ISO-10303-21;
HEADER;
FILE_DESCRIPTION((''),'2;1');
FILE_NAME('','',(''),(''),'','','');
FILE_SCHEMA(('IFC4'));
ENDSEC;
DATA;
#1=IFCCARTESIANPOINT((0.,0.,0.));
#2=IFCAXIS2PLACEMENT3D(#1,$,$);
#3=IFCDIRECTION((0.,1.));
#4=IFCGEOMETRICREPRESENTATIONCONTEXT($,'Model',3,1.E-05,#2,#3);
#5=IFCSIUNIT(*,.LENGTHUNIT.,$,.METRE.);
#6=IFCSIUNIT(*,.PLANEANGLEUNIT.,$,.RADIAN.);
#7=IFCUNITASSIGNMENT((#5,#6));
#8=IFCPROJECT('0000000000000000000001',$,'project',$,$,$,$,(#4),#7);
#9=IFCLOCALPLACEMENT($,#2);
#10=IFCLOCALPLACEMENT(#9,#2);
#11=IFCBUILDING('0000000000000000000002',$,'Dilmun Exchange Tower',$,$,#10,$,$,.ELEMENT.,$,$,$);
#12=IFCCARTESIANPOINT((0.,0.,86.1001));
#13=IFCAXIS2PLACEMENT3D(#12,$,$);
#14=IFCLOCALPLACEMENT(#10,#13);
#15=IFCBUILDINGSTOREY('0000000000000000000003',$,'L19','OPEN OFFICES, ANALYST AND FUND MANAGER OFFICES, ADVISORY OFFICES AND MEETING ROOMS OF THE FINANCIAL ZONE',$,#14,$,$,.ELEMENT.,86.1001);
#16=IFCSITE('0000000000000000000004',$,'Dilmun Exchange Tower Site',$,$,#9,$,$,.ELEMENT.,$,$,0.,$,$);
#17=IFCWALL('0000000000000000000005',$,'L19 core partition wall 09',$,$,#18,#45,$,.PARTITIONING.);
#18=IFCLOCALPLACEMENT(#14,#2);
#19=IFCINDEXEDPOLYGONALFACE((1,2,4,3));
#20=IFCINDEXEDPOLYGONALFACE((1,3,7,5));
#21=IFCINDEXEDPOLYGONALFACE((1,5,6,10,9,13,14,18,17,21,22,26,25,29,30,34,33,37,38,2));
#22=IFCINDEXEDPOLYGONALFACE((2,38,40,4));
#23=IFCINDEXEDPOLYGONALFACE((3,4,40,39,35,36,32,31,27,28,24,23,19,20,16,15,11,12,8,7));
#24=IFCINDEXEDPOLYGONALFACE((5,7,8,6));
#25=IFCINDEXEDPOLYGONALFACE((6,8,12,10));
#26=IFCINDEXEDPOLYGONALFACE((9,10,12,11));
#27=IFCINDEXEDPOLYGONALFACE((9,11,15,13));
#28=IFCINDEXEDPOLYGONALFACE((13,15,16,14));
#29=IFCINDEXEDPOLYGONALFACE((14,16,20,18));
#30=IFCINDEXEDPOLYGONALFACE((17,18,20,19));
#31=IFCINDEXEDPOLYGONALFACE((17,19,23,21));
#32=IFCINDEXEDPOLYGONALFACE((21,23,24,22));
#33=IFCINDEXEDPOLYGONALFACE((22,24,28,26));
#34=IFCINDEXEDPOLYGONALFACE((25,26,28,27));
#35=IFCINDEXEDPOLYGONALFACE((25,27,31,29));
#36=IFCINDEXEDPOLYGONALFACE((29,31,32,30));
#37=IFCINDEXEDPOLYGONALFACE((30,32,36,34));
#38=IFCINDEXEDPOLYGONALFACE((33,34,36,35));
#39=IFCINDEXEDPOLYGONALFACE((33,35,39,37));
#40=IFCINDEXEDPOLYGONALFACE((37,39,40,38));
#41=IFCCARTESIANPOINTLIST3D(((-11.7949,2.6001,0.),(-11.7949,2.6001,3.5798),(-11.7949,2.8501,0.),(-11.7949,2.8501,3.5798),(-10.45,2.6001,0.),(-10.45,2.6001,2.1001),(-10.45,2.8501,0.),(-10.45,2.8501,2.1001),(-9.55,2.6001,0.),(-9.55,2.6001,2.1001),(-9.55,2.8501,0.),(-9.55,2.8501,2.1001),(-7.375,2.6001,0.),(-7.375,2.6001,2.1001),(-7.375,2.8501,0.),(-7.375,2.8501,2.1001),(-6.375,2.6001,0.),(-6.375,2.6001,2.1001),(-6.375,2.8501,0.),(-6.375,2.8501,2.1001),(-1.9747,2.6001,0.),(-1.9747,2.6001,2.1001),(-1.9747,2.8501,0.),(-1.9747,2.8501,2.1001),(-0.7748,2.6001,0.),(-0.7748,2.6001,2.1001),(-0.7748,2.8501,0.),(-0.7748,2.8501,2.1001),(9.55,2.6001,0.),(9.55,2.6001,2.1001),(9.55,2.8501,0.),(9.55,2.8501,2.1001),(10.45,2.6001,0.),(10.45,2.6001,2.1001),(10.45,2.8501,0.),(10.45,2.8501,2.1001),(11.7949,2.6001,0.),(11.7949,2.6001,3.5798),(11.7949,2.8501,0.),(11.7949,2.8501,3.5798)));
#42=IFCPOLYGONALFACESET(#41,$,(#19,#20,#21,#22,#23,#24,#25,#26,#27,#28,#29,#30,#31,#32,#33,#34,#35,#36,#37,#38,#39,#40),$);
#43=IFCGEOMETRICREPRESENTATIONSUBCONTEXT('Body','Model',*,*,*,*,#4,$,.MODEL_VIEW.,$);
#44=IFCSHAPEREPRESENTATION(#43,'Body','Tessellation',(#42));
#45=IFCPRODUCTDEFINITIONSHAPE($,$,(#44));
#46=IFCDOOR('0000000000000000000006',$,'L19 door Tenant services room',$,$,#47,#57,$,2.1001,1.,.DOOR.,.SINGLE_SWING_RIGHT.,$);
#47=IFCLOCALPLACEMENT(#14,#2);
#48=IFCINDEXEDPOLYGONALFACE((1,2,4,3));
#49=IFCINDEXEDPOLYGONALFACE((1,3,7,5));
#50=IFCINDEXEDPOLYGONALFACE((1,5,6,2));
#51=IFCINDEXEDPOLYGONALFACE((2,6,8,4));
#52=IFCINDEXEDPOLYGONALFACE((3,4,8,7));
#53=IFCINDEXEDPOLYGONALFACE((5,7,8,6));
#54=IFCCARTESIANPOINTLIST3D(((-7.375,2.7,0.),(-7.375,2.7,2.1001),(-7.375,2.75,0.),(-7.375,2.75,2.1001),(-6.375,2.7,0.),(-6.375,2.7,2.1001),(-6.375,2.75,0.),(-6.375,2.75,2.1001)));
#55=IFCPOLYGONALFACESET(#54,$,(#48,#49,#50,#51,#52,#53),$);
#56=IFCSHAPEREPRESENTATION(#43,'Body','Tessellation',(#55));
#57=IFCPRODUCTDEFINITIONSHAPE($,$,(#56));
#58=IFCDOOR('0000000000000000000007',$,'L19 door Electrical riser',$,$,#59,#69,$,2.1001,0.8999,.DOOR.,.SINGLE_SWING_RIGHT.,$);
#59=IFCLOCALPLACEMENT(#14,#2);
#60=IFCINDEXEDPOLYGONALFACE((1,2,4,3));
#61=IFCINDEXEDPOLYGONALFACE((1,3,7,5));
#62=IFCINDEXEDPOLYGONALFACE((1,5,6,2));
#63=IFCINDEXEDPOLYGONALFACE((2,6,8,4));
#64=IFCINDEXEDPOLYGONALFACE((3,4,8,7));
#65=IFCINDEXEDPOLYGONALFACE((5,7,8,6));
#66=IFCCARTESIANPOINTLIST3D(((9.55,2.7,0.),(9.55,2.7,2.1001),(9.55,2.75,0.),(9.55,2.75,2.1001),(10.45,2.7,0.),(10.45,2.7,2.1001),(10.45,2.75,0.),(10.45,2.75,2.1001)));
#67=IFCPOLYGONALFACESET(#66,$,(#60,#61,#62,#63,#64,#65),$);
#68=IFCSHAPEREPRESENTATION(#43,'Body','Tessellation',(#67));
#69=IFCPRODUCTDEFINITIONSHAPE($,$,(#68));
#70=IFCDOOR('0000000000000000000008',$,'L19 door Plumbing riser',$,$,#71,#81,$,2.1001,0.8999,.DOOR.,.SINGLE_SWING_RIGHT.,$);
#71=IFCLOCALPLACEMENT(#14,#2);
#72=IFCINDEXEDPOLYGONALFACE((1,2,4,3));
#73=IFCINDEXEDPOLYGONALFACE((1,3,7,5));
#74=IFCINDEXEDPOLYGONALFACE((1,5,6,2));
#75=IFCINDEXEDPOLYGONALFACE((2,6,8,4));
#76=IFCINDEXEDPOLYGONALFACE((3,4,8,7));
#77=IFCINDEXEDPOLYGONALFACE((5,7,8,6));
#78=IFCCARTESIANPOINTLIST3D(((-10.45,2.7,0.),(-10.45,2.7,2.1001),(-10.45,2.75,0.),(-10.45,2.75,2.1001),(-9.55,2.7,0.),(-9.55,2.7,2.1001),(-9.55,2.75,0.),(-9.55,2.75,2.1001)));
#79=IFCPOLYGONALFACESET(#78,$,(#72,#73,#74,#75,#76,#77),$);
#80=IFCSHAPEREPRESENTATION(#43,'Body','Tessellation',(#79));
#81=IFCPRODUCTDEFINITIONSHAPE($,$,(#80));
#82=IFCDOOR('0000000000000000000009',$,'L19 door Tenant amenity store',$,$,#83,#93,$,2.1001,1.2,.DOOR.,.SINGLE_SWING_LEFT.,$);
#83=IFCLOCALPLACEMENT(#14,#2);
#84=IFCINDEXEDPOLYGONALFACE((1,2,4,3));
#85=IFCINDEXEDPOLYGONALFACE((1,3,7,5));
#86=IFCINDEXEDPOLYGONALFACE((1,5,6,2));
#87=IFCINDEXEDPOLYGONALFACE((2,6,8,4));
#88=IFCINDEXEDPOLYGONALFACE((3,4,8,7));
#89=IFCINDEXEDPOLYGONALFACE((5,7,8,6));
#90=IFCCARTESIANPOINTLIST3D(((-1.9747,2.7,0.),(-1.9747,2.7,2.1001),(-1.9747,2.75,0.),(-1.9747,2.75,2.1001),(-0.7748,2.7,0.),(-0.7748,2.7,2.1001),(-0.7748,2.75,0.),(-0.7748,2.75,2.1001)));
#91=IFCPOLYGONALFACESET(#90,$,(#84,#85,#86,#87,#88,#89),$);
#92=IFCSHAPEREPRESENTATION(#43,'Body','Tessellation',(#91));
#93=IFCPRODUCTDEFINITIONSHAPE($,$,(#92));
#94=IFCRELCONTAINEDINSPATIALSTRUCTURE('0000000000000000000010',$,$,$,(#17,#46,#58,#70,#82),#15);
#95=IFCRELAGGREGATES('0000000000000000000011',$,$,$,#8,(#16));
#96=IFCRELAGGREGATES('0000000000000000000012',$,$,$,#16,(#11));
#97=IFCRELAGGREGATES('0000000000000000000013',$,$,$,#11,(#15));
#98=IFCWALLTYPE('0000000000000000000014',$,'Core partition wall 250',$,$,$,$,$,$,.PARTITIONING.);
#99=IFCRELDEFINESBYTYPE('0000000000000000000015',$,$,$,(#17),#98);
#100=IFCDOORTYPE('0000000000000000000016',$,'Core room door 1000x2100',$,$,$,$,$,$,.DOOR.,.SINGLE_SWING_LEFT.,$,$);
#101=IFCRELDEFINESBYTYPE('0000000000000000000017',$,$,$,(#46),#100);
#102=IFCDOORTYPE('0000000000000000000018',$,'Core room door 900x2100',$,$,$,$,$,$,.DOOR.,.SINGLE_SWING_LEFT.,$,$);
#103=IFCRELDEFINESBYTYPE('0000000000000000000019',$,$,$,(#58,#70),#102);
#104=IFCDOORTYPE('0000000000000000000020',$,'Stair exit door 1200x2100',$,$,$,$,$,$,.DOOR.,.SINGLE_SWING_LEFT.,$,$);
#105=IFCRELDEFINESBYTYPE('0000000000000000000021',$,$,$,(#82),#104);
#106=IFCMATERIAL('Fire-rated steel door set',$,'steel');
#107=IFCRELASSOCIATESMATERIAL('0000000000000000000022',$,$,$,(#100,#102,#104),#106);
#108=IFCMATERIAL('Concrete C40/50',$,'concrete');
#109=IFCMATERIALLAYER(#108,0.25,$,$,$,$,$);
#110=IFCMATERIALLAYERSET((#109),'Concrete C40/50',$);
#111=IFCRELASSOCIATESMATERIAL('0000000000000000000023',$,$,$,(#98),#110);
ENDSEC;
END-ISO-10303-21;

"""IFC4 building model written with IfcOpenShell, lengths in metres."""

from ifc_helpers import new_model, si_unit, direction, frame, frame_2d, origin, place, context, subcontext, project, spatial, rectangle, extrude, material, layer, layer_set, type_object, element, fill, save


model = new_model("IFC4")

# Units and contexts
model_context = context("Model", 3, precision=1e-05, world=origin(), true_north=direction((0.0, 1.0)))
body_context = subcontext(model_context, "Body", "Model", "MODEL_VIEW")
ifc_project = project(units=[si_unit("LENGTHUNIT", "METRE"), si_unit("PLANEANGLEUNIT", "RADIAN")], contexts=[model_context])

# Site, building, storey
site_placement = place(None, origin())
site = spatial("IfcSite", under=ifc_project, at=site_placement, Name="Dilmun Exchange Tower Site", CompositionType="ELEMENT", RefElevation=0.0)
building_placement = place(site_placement, origin())
building = spatial("IfcBuilding", under=site, at=building_placement, Name="Dilmun Exchange Tower", CompositionType="ELEMENT")
storey_placement = place(building_placement, frame((0.0, 0.0, 86.1001)))
storey = spatial("IfcBuildingStorey", under=building, at=storey_placement, Name="L19", Description="OPEN OFFICES, ANALYST AND FUND MANAGER OFFICES, ADVISORY OFFICES AND MEETING ROOMS OF THE FINANCIAL ZONE", CompositionType="ELEMENT", Elevation=86.1001)

# Shared definitions
ifc_material_1 = material(Name="Concrete C40/50", Category="concrete")

# Shared definitions
ifc_material_2 = material(Name="Fire-rated steel door set", Category="steel")
door_type_1 = type_object("IfcDoorType", Name="Core room door 1000x2100", OperationType="SINGLE_SWING_LEFT", PredefinedType="DOOR", material=ifc_material_2)

# Wall, openings, doors
ifc_layer_1 = layer(ifc_material_1, 0.25)
ifc_layer_set_1 = layer_set([ifc_layer_1], Name="Concrete C40/50")
wall_type_1 = type_object("IfcWallType", Name="Core partition wall 250", PredefinedType="PARTITIONING", material=ifc_layer_set_1)
wall_1_placement = place(storey_placement, frame((-11.7949, 2.7251, 0.0), z_axis=(0.0, 0.0, 1.0), x_axis=(1.0, 0.0, 0.0)))
wall_1 = element("IfcWall", 1, at=wall_1_placement, inside=storey, type_object=wall_type_1, Name="L19 core partition wall 09", PredefinedType="PARTITIONING", context=body_context, shape_type="SweptSolid", body=[
    extrude(rectangle(XDim=23.5898, YDim=0.25, at=frame_2d((11.7949, 0.0))), origin(), (0.0, 0.0, 1.0), 3.5798),
])
opening_1_placement = place(wall_1_placement, frame((21.345, 0.0, 0.0)))
opening_1 = element("IfcOpeningElement", 2, at=opening_1_placement, cuts=wall_1, PredefinedType="OPENING", context=body_context, shape_type="SweptSolid", body=[
    extrude(rectangle(XDim=0.8999, YDim=2.1001, at=frame_2d((0.45, 1.05))), frame((0.0, 0.135, 0.0), z_axis=(0.0, -1.0, 0.0), x_axis=(1.0, 0.0, 0.0)), (0.0, 0.0, 1.0), 0.27),
])
opening_2_placement = place(wall_1_placement, frame((1.345, 0.0, 0.0)))
opening_2 = element("IfcOpeningElement", 3, at=opening_2_placement, cuts=wall_1, PredefinedType="OPENING", context=body_context, shape_type="SweptSolid", body=[
    extrude(rectangle(XDim=0.8999, YDim=2.1001, at=frame_2d((0.45, 1.05))), frame((0.0, 0.135, 0.0), z_axis=(0.0, -1.0, 0.0), x_axis=(1.0, 0.0, 0.0)), (0.0, 0.0, 1.0), 0.27),
])
opening_3_placement = place(wall_1_placement, frame((4.4199, 0.0, 0.0)))
opening_3 = element("IfcOpeningElement", 4, at=opening_3_placement, cuts=wall_1, PredefinedType="OPENING", context=body_context, shape_type="SweptSolid", body=[
    extrude(rectangle(XDim=1.0, YDim=2.1001, at=frame_2d((0.5, 1.05))), frame((0.0, 0.135, 0.0), z_axis=(0.0, -1.0, 0.0), x_axis=(1.0, 0.0, 0.0)), (0.0, 0.0, 1.0), 0.27),
])
opening_4_placement = place(wall_1_placement, frame((9.8201, 0.0, 0.0)))
opening_4 = element("IfcOpeningElement", 5, at=opening_4_placement, cuts=wall_1, PredefinedType="OPENING", context=body_context, shape_type="SweptSolid", body=[
    extrude(rectangle(XDim=1.2, YDim=2.1001, at=frame_2d((0.6001, 1.05))), frame((0.0, 0.135, 0.0), z_axis=(0.0, -1.0, 0.0), x_axis=(1.0, 0.0, 0.0)), (0.0, 0.0, 1.0), 0.27),
])
door_1_placement = place(opening_3_placement, origin())
door_1 = element("IfcDoor", 6, at=door_1_placement, inside=storey, type_object=door_type_1, Name="L19 door Tenant services room", OperationType="SINGLE_SWING_RIGHT", OverallHeight=2.1001, OverallWidth=1.0, PredefinedType="DOOR", context=body_context, shape_type="SweptSolid", body=[
    extrude(rectangle(XDim=1.0, YDim=2.1001, at=frame_2d((0.5, 1.05))), frame((0.0, 0.0249, 0.0), z_axis=(0.0, -1.0, 0.0), x_axis=(1.0, 0.0, 0.0)), (0.0, 0.0, 1.0), 0.05),
])
fill(opening_3, door_1)
door_type_2 = type_object("IfcDoorType", Name="Core room door 900x2100", OperationType="SINGLE_SWING_LEFT", PredefinedType="DOOR", material=ifc_material_2)
door_2_placement = place(opening_1_placement, origin())
door_2 = element("IfcDoor", 7, at=door_2_placement, inside=storey, type_object=door_type_2, Name="L19 door Electrical riser", OperationType="SINGLE_SWING_RIGHT", OverallHeight=2.1001, OverallWidth=0.8999, PredefinedType="DOOR", context=body_context, shape_type="SweptSolid", body=[
    extrude(rectangle(XDim=0.8999, YDim=2.1001, at=frame_2d((0.45, 1.05))), frame((0.0, 0.0249, 0.0), z_axis=(0.0, -1.0, 0.0), x_axis=(1.0, 0.0, 0.0)), (0.0, 0.0, 1.0), 0.05),
])
fill(opening_1, door_2)
door_3_placement = place(opening_2_placement, origin())
door_3 = element("IfcDoor", 8, at=door_3_placement, inside=storey, type_object=door_type_2, Name="L19 door Plumbing riser", OperationType="SINGLE_SWING_RIGHT", OverallHeight=2.1001, OverallWidth=0.8999, PredefinedType="DOOR", context=body_context, shape_type="SweptSolid", body=[
    extrude(rectangle(XDim=0.8999, YDim=2.1001, at=frame_2d((0.45, 1.05))), frame((0.0, 0.0249, 0.0), z_axis=(0.0, -1.0, 0.0), x_axis=(1.0, 0.0, 0.0)), (0.0, 0.0, 1.0), 0.05),
])
fill(opening_2, door_3)
door_type_3 = type_object("IfcDoorType", Name="Stair exit door 1200x2100", OperationType="SINGLE_SWING_LEFT", PredefinedType="DOOR", material=ifc_material_2)
door_4_placement = place(opening_4_placement, origin())
door_4 = element("IfcDoor", 9, at=door_4_placement, inside=storey, type_object=door_type_3, Name="L19 door Tenant amenity store", OperationType="SINGLE_SWING_LEFT", OverallHeight=2.1001, OverallWidth=1.2, PredefinedType="DOOR", context=body_context, shape_type="SweptSolid", body=[
    extrude(rectangle(XDim=1.2, YDim=2.1001, at=frame_2d((0.6001, 1.05))), frame((0.0, 0.0249, 0.0), z_axis=(0.0, -1.0, 0.0), x_axis=(1.0, 0.0, 0.0)), (0.0, 0.0, 1.0), 0.05),
])
fill(opening_4, door_4)

save(model, "model.ifc")
